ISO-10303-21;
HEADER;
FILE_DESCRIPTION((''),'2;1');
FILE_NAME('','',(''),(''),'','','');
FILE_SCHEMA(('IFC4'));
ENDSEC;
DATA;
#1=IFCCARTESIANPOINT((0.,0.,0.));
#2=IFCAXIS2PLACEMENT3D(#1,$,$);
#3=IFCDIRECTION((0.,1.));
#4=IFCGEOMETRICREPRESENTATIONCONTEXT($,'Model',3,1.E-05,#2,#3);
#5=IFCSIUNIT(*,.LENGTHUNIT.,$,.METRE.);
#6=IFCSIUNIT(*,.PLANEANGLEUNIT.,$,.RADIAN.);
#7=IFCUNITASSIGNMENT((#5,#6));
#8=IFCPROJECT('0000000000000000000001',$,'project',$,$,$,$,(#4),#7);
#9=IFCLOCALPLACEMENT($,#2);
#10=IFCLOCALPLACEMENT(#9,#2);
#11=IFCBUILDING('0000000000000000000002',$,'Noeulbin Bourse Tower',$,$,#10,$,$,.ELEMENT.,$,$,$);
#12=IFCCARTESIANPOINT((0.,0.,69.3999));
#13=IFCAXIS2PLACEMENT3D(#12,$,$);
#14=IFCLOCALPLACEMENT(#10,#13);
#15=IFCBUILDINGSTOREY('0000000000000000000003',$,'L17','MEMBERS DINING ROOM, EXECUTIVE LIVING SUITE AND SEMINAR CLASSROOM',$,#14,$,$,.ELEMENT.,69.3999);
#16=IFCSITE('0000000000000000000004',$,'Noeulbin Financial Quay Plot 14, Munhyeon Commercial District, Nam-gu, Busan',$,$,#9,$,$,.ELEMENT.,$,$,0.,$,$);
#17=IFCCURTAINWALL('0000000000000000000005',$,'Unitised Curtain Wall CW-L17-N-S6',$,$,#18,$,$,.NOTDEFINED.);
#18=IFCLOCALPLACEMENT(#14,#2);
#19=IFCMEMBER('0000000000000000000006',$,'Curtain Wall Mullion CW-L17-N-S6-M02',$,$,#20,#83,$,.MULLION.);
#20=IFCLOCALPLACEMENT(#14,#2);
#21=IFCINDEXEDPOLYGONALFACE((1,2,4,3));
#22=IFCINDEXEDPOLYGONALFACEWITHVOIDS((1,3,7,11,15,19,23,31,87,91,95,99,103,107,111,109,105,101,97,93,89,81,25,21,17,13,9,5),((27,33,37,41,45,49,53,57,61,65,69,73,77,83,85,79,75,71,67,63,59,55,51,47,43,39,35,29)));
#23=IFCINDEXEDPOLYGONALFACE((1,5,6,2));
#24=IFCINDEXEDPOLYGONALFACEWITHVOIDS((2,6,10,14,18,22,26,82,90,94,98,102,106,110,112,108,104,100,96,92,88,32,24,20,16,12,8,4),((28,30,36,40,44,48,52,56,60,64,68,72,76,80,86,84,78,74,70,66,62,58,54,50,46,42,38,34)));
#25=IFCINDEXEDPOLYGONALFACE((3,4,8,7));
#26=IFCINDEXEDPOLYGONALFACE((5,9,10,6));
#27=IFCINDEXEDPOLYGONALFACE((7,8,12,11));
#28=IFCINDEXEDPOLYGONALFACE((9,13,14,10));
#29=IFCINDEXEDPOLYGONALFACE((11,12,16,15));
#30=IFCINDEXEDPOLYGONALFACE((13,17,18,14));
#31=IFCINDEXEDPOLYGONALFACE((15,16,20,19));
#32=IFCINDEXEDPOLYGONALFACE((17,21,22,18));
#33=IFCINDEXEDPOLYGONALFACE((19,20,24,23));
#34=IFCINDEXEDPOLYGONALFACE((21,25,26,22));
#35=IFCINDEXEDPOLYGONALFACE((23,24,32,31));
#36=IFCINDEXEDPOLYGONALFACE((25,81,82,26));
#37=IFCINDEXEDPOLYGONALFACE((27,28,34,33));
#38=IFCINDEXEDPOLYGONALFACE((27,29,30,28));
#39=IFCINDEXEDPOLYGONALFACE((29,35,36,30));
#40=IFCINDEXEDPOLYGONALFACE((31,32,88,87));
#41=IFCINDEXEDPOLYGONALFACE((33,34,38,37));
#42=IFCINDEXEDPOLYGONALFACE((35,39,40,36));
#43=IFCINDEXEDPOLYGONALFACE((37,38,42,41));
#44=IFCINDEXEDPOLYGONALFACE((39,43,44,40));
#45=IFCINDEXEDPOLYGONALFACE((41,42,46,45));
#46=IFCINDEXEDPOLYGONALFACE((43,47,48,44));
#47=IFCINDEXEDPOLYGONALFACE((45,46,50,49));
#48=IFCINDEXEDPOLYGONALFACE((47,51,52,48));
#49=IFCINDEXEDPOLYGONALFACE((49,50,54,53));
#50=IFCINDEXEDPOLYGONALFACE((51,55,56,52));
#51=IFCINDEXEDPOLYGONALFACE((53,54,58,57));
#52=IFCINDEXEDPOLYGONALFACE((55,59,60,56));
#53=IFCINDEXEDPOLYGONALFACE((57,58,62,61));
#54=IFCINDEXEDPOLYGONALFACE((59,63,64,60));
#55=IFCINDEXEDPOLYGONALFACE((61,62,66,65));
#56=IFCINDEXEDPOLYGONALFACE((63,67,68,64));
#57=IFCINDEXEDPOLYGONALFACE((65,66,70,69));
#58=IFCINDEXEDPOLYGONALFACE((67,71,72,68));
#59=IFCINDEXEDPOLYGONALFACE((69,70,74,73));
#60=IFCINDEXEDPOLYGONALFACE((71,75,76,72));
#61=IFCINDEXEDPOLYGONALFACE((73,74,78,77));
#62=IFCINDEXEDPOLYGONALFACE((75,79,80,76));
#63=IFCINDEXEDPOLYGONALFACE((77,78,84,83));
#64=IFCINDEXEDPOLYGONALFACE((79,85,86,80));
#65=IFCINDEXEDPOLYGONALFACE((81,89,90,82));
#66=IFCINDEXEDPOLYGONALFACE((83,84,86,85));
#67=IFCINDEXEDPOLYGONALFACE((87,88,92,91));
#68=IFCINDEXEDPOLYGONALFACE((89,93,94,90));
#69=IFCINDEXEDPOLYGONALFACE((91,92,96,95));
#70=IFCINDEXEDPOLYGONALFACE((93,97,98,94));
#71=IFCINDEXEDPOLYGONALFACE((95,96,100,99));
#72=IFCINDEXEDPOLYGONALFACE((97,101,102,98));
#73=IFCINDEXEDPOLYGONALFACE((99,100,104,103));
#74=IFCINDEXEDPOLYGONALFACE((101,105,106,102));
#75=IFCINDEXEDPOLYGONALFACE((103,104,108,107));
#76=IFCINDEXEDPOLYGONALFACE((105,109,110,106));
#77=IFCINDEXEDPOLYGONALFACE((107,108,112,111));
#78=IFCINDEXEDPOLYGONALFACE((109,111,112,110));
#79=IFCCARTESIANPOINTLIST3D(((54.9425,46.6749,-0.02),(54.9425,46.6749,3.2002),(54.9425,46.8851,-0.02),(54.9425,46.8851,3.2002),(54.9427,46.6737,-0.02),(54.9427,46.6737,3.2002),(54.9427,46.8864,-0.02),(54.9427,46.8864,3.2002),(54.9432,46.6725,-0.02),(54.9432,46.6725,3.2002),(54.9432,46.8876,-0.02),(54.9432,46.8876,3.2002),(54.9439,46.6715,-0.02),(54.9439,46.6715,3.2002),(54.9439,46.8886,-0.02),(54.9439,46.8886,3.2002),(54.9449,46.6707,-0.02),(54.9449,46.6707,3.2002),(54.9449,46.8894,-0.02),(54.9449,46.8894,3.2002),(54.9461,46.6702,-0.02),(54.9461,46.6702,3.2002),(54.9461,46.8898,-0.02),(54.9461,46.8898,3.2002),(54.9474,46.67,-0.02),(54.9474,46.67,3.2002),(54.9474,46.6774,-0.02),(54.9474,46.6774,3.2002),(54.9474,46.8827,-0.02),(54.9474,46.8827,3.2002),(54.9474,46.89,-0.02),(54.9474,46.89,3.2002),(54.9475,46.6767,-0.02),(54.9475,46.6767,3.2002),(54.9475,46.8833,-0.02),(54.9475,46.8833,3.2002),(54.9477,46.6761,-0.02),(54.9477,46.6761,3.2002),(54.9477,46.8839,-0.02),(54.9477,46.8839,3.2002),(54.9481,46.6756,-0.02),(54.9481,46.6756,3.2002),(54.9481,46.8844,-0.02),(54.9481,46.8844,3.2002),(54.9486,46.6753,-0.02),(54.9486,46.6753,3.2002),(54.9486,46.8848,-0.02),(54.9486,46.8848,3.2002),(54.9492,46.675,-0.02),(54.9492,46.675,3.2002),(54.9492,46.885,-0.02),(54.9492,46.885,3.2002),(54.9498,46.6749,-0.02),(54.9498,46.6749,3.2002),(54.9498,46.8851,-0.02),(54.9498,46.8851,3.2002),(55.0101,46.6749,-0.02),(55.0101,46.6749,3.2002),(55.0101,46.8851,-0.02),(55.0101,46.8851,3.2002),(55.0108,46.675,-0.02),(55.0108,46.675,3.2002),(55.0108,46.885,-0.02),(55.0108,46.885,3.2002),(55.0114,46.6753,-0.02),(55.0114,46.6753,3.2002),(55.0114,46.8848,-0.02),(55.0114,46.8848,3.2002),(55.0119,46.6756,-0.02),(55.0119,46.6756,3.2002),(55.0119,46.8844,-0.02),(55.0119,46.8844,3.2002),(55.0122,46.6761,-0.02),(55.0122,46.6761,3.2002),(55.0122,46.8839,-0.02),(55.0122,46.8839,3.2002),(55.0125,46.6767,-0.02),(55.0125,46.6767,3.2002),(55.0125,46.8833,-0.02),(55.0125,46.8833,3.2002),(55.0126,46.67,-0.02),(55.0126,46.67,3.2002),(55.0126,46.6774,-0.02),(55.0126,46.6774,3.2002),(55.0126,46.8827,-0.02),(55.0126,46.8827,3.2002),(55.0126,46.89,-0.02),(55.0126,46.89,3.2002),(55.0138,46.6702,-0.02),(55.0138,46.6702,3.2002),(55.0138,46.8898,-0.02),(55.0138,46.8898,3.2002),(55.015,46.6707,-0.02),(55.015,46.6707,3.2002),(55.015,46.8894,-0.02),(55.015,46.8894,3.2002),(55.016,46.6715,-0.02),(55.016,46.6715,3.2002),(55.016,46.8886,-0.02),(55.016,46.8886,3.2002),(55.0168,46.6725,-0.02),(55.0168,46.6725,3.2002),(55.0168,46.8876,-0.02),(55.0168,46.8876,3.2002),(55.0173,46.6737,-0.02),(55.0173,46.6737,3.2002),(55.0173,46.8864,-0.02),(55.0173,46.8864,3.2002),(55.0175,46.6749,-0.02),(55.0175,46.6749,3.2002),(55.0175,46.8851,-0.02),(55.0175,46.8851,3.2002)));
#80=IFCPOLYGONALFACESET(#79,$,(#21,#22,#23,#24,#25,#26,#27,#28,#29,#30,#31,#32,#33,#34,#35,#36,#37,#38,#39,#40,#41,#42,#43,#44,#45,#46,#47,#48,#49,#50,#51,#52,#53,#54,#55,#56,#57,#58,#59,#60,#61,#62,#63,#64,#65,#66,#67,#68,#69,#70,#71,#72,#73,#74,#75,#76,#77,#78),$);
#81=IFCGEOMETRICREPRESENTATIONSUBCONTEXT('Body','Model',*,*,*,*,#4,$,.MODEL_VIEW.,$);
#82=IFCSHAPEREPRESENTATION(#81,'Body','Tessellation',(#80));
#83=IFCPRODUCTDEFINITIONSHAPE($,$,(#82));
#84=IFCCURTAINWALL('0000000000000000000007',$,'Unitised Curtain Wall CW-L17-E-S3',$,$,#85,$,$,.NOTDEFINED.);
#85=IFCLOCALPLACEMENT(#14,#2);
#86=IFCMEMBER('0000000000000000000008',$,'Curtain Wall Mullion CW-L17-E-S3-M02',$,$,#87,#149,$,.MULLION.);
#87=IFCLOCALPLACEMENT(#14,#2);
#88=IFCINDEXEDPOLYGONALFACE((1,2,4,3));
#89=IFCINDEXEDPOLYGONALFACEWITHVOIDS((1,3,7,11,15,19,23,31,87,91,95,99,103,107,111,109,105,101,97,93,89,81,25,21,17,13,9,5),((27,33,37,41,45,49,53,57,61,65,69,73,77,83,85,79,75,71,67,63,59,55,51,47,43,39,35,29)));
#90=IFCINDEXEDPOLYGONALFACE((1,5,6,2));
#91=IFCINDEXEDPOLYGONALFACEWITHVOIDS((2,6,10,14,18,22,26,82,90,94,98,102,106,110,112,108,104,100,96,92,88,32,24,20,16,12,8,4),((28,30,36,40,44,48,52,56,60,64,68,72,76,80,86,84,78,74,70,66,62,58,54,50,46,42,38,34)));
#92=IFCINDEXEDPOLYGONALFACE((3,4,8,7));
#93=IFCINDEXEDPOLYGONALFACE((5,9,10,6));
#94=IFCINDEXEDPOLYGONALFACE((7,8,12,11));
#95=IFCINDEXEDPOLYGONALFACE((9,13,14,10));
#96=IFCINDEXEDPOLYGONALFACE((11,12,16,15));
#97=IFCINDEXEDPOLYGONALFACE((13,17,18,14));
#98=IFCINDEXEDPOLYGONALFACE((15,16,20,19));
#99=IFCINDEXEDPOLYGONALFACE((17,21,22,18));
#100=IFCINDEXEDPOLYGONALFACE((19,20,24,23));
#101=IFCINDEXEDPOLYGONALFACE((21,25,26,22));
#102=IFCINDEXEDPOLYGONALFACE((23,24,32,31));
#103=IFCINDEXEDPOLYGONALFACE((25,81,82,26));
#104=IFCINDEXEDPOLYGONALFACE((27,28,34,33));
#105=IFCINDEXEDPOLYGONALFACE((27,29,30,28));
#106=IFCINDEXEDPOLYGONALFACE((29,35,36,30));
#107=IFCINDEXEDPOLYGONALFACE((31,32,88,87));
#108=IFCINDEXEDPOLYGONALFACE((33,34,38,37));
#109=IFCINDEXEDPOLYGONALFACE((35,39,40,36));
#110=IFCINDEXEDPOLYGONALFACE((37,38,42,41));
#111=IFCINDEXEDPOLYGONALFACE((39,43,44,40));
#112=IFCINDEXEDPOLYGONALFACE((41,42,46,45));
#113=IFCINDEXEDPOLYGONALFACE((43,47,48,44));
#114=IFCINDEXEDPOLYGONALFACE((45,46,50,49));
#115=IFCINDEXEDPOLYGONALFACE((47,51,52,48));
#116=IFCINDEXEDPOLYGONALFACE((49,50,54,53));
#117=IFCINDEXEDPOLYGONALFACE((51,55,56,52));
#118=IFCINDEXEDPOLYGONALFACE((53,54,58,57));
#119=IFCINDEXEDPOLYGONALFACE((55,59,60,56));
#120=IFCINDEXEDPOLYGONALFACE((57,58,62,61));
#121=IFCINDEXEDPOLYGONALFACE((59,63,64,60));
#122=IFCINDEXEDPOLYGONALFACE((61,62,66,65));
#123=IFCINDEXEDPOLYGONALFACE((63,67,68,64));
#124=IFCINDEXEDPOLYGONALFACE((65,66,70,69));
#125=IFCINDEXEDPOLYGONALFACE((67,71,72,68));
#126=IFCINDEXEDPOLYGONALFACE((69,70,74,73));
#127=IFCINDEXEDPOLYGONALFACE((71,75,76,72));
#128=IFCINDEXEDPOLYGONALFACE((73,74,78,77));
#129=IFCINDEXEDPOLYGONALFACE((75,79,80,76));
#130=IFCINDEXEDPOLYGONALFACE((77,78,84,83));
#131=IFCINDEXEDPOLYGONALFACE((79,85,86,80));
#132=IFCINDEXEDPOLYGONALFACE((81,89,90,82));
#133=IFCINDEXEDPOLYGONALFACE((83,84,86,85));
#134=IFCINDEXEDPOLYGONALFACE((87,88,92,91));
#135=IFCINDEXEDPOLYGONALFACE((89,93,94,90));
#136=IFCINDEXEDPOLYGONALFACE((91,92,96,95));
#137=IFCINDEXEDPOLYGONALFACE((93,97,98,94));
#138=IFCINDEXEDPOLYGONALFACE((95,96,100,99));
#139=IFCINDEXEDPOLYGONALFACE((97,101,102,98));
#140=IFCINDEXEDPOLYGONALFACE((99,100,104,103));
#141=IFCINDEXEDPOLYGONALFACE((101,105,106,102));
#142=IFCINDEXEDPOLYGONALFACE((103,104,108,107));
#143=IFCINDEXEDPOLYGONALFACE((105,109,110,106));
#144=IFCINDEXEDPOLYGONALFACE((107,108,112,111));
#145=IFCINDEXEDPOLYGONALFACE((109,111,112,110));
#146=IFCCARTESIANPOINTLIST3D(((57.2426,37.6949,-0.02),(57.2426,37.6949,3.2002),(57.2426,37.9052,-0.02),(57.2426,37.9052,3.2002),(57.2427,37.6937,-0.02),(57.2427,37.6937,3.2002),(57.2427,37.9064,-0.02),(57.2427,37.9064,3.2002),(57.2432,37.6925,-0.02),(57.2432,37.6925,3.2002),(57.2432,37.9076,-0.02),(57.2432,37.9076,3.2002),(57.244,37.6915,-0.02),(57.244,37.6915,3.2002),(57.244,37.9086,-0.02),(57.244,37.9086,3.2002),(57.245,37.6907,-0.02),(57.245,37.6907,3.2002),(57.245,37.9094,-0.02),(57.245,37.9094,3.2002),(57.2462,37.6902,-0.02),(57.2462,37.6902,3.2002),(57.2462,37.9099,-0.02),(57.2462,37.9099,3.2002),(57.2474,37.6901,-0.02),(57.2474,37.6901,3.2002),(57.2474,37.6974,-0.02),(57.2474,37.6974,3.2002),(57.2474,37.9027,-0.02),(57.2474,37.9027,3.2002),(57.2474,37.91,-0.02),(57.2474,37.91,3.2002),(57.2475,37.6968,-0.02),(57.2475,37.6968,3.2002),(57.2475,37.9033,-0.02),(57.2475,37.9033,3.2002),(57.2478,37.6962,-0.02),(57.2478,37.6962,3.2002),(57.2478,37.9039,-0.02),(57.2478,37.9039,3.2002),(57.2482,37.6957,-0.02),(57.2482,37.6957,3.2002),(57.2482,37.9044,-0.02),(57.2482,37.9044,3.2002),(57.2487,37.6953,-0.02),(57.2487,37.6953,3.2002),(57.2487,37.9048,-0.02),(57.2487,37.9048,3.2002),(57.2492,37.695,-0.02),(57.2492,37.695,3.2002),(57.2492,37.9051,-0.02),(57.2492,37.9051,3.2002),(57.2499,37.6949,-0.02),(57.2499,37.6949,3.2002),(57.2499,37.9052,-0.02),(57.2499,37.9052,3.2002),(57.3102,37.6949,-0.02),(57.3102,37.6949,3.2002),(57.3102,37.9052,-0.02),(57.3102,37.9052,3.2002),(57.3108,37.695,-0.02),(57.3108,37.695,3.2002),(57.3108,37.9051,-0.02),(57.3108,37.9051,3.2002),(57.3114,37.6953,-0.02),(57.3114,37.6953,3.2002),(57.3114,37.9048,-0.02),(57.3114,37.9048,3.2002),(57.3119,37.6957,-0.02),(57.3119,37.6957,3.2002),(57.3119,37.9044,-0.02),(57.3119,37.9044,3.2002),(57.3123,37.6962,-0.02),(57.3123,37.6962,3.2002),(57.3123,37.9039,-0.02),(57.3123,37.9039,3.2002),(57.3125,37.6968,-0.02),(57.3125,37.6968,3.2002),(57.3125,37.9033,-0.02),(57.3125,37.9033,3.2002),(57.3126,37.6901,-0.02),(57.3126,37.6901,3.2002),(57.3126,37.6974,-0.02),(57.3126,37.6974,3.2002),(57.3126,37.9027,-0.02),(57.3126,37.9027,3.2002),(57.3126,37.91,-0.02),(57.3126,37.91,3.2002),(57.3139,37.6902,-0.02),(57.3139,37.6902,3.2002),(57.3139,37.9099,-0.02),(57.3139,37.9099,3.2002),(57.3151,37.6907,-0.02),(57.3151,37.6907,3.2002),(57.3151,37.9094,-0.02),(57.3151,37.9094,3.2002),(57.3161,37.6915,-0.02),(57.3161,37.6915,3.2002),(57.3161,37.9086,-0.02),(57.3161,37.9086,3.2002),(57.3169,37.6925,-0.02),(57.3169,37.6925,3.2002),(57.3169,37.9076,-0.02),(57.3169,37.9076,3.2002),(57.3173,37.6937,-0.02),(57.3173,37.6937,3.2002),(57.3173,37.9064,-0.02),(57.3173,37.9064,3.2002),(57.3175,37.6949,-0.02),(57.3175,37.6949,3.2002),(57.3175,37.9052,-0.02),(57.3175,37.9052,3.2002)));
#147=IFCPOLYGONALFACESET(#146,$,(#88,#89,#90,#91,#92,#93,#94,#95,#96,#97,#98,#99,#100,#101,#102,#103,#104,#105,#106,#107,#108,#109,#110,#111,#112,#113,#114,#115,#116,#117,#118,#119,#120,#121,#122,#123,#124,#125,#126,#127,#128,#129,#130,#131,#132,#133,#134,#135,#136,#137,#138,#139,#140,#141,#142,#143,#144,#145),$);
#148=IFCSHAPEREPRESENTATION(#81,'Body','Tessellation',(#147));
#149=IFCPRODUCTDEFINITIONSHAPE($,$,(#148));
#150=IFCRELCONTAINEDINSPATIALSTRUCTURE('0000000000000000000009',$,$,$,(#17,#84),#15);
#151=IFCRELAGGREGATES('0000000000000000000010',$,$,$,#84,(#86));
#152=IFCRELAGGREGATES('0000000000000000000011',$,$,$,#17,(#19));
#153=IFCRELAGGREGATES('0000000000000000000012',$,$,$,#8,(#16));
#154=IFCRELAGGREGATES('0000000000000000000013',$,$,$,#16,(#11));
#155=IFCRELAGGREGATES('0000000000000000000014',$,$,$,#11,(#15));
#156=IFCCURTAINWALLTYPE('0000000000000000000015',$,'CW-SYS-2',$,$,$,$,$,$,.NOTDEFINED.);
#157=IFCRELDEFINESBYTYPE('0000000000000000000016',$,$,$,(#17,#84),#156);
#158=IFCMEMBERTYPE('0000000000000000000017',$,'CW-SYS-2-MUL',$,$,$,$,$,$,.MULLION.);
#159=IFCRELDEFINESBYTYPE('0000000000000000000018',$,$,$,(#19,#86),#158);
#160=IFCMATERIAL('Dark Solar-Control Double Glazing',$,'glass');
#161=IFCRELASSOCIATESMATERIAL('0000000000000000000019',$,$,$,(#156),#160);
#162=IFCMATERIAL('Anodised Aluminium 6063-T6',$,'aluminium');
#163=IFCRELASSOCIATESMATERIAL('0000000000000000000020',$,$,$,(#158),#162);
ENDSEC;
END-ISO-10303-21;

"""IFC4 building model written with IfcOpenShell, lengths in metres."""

from ifc_helpers import new_model, si_unit, direction, frame, origin, origin_2d, place, context, subcontext, project, spatial, hollow_rectangle, extrude, material, material_profile, profile_set, type_object, element, aggregate, save


model = new_model("IFC4")

# Units and contexts
model_context = context("Model", 3, precision=1e-05, world=origin(), true_north=direction((0.0, 1.0)))
body_context = subcontext(model_context, "Body", "Model", "MODEL_VIEW")
ifc_project = project(units=[si_unit("LENGTHUNIT", "METRE"), si_unit("PLANEANGLEUNIT", "RADIAN")], contexts=[model_context])

# Site, building, storey
site_placement = place(None, origin())
site = spatial("IfcSite", under=ifc_project, at=site_placement, Name="Noeulbin Financial Quay Plot 14, Munhyeon Commercial District, Nam-gu, Busan", CompositionType="ELEMENT", RefElevation=0.0)
building_placement = place(site_placement, origin())
building = spatial("IfcBuilding", under=site, at=building_placement, Name="Noeulbin Bourse Tower", CompositionType="ELEMENT")
storey_placement = place(building_placement, frame((0.0, 0.0, 69.3999)))
storey = spatial("IfcBuildingStorey", under=building, at=storey_placement, Name="L17", Description="MEMBERS DINING ROOM, EXECUTIVE LIVING SUITE AND SEMINAR CLASSROOM", CompositionType="ELEMENT", Elevation=69.3999)

# Shared definitions
ifc_material_1 = material(Name="Dark Solar-Control Double Glazing", Category="glass")
curtain_wall_type = type_object("IfcCurtainWallType", Name="CW-SYS-2", PredefinedType="NOTDEFINED", material=ifc_material_1)
ifc_material_2 = material(Name="Anodised Aluminium 6063-T6", Category="aluminium")
ifc_material_profile_1 = material_profile(ifc_material_2, hollow_rectangle(XDim=0.075, YDim=0.22, WallThickness=0.0049, InnerFilletRadius=0.0024, OuterFilletRadius=0.0049, at=origin_2d()), Name="ALU-MULL-75x220x5", Category="LoadBearing")
ifc_profile_set_1 = profile_set([ifc_material_profile_1], Name="Anodised Aluminium 6063-T6")
member_type_1 = type_object("IfcMemberType", Name="CW-SYS-2-MUL", PredefinedType="MULLION", material=ifc_profile_set_1)

# Curtain wall, member
curtain_wall_1_placement = place(storey_placement, origin())
curtain_wall_1 = element("IfcCurtainWall", 1, at=curtain_wall_1_placement, inside=storey, type_object=curtain_wall_type, Name="Unitised Curtain Wall CW-L17-N-S6", PredefinedType="NOTDEFINED")
member_1_placement = place(storey_placement, frame((54.98, 46.78, -0.02), z_axis=(0.0, 0.0, 1.0), x_axis=(1.0, 0.0, 0.0)))
member_1 = element("IfcMember", 2, at=member_1_placement, type_object=member_type_1, Name="Curtain Wall Mullion CW-L17-N-S6-M02", PredefinedType="MULLION", context=body_context, shape_type="SweptSolid", body=[
    extrude(hollow_rectangle(XDim=0.075, YDim=0.22, WallThickness=0.0049, InnerFilletRadius=0.0024, OuterFilletRadius=0.0049, at=origin_2d()), origin(), (0.0, 0.0, 1.0), 3.2202),
])

# Curtain wall, member
curtain_wall_2_placement = place(storey_placement, origin())
curtain_wall_2 = element("IfcCurtainWall", 3, at=curtain_wall_2_placement, inside=storey, type_object=curtain_wall_type, Name="Unitised Curtain Wall CW-L17-E-S3", PredefinedType="NOTDEFINED")
member_2_placement = place(storey_placement, frame((57.28, 37.8, -0.02), z_axis=(0.0, 0.0, 1.0), x_axis=(1.0, 0.0, 0.0)))
member_2 = element("IfcMember", 4, at=member_2_placement, type_object=member_type_1, Name="Curtain Wall Mullion CW-L17-E-S3-M02", PredefinedType="MULLION", context=body_context, shape_type="SweptSolid", body=[
    extrude(hollow_rectangle(XDim=0.075, YDim=0.22, WallThickness=0.0049, InnerFilletRadius=0.0024, OuterFilletRadius=0.0049, at=origin_2d()), origin(), (0.0, 0.0, 1.0), 3.2202),
])
aggregate(curtain_wall_2, [member_2])

aggregate(curtain_wall_1, [member_1])

save(model, "model.ifc")
